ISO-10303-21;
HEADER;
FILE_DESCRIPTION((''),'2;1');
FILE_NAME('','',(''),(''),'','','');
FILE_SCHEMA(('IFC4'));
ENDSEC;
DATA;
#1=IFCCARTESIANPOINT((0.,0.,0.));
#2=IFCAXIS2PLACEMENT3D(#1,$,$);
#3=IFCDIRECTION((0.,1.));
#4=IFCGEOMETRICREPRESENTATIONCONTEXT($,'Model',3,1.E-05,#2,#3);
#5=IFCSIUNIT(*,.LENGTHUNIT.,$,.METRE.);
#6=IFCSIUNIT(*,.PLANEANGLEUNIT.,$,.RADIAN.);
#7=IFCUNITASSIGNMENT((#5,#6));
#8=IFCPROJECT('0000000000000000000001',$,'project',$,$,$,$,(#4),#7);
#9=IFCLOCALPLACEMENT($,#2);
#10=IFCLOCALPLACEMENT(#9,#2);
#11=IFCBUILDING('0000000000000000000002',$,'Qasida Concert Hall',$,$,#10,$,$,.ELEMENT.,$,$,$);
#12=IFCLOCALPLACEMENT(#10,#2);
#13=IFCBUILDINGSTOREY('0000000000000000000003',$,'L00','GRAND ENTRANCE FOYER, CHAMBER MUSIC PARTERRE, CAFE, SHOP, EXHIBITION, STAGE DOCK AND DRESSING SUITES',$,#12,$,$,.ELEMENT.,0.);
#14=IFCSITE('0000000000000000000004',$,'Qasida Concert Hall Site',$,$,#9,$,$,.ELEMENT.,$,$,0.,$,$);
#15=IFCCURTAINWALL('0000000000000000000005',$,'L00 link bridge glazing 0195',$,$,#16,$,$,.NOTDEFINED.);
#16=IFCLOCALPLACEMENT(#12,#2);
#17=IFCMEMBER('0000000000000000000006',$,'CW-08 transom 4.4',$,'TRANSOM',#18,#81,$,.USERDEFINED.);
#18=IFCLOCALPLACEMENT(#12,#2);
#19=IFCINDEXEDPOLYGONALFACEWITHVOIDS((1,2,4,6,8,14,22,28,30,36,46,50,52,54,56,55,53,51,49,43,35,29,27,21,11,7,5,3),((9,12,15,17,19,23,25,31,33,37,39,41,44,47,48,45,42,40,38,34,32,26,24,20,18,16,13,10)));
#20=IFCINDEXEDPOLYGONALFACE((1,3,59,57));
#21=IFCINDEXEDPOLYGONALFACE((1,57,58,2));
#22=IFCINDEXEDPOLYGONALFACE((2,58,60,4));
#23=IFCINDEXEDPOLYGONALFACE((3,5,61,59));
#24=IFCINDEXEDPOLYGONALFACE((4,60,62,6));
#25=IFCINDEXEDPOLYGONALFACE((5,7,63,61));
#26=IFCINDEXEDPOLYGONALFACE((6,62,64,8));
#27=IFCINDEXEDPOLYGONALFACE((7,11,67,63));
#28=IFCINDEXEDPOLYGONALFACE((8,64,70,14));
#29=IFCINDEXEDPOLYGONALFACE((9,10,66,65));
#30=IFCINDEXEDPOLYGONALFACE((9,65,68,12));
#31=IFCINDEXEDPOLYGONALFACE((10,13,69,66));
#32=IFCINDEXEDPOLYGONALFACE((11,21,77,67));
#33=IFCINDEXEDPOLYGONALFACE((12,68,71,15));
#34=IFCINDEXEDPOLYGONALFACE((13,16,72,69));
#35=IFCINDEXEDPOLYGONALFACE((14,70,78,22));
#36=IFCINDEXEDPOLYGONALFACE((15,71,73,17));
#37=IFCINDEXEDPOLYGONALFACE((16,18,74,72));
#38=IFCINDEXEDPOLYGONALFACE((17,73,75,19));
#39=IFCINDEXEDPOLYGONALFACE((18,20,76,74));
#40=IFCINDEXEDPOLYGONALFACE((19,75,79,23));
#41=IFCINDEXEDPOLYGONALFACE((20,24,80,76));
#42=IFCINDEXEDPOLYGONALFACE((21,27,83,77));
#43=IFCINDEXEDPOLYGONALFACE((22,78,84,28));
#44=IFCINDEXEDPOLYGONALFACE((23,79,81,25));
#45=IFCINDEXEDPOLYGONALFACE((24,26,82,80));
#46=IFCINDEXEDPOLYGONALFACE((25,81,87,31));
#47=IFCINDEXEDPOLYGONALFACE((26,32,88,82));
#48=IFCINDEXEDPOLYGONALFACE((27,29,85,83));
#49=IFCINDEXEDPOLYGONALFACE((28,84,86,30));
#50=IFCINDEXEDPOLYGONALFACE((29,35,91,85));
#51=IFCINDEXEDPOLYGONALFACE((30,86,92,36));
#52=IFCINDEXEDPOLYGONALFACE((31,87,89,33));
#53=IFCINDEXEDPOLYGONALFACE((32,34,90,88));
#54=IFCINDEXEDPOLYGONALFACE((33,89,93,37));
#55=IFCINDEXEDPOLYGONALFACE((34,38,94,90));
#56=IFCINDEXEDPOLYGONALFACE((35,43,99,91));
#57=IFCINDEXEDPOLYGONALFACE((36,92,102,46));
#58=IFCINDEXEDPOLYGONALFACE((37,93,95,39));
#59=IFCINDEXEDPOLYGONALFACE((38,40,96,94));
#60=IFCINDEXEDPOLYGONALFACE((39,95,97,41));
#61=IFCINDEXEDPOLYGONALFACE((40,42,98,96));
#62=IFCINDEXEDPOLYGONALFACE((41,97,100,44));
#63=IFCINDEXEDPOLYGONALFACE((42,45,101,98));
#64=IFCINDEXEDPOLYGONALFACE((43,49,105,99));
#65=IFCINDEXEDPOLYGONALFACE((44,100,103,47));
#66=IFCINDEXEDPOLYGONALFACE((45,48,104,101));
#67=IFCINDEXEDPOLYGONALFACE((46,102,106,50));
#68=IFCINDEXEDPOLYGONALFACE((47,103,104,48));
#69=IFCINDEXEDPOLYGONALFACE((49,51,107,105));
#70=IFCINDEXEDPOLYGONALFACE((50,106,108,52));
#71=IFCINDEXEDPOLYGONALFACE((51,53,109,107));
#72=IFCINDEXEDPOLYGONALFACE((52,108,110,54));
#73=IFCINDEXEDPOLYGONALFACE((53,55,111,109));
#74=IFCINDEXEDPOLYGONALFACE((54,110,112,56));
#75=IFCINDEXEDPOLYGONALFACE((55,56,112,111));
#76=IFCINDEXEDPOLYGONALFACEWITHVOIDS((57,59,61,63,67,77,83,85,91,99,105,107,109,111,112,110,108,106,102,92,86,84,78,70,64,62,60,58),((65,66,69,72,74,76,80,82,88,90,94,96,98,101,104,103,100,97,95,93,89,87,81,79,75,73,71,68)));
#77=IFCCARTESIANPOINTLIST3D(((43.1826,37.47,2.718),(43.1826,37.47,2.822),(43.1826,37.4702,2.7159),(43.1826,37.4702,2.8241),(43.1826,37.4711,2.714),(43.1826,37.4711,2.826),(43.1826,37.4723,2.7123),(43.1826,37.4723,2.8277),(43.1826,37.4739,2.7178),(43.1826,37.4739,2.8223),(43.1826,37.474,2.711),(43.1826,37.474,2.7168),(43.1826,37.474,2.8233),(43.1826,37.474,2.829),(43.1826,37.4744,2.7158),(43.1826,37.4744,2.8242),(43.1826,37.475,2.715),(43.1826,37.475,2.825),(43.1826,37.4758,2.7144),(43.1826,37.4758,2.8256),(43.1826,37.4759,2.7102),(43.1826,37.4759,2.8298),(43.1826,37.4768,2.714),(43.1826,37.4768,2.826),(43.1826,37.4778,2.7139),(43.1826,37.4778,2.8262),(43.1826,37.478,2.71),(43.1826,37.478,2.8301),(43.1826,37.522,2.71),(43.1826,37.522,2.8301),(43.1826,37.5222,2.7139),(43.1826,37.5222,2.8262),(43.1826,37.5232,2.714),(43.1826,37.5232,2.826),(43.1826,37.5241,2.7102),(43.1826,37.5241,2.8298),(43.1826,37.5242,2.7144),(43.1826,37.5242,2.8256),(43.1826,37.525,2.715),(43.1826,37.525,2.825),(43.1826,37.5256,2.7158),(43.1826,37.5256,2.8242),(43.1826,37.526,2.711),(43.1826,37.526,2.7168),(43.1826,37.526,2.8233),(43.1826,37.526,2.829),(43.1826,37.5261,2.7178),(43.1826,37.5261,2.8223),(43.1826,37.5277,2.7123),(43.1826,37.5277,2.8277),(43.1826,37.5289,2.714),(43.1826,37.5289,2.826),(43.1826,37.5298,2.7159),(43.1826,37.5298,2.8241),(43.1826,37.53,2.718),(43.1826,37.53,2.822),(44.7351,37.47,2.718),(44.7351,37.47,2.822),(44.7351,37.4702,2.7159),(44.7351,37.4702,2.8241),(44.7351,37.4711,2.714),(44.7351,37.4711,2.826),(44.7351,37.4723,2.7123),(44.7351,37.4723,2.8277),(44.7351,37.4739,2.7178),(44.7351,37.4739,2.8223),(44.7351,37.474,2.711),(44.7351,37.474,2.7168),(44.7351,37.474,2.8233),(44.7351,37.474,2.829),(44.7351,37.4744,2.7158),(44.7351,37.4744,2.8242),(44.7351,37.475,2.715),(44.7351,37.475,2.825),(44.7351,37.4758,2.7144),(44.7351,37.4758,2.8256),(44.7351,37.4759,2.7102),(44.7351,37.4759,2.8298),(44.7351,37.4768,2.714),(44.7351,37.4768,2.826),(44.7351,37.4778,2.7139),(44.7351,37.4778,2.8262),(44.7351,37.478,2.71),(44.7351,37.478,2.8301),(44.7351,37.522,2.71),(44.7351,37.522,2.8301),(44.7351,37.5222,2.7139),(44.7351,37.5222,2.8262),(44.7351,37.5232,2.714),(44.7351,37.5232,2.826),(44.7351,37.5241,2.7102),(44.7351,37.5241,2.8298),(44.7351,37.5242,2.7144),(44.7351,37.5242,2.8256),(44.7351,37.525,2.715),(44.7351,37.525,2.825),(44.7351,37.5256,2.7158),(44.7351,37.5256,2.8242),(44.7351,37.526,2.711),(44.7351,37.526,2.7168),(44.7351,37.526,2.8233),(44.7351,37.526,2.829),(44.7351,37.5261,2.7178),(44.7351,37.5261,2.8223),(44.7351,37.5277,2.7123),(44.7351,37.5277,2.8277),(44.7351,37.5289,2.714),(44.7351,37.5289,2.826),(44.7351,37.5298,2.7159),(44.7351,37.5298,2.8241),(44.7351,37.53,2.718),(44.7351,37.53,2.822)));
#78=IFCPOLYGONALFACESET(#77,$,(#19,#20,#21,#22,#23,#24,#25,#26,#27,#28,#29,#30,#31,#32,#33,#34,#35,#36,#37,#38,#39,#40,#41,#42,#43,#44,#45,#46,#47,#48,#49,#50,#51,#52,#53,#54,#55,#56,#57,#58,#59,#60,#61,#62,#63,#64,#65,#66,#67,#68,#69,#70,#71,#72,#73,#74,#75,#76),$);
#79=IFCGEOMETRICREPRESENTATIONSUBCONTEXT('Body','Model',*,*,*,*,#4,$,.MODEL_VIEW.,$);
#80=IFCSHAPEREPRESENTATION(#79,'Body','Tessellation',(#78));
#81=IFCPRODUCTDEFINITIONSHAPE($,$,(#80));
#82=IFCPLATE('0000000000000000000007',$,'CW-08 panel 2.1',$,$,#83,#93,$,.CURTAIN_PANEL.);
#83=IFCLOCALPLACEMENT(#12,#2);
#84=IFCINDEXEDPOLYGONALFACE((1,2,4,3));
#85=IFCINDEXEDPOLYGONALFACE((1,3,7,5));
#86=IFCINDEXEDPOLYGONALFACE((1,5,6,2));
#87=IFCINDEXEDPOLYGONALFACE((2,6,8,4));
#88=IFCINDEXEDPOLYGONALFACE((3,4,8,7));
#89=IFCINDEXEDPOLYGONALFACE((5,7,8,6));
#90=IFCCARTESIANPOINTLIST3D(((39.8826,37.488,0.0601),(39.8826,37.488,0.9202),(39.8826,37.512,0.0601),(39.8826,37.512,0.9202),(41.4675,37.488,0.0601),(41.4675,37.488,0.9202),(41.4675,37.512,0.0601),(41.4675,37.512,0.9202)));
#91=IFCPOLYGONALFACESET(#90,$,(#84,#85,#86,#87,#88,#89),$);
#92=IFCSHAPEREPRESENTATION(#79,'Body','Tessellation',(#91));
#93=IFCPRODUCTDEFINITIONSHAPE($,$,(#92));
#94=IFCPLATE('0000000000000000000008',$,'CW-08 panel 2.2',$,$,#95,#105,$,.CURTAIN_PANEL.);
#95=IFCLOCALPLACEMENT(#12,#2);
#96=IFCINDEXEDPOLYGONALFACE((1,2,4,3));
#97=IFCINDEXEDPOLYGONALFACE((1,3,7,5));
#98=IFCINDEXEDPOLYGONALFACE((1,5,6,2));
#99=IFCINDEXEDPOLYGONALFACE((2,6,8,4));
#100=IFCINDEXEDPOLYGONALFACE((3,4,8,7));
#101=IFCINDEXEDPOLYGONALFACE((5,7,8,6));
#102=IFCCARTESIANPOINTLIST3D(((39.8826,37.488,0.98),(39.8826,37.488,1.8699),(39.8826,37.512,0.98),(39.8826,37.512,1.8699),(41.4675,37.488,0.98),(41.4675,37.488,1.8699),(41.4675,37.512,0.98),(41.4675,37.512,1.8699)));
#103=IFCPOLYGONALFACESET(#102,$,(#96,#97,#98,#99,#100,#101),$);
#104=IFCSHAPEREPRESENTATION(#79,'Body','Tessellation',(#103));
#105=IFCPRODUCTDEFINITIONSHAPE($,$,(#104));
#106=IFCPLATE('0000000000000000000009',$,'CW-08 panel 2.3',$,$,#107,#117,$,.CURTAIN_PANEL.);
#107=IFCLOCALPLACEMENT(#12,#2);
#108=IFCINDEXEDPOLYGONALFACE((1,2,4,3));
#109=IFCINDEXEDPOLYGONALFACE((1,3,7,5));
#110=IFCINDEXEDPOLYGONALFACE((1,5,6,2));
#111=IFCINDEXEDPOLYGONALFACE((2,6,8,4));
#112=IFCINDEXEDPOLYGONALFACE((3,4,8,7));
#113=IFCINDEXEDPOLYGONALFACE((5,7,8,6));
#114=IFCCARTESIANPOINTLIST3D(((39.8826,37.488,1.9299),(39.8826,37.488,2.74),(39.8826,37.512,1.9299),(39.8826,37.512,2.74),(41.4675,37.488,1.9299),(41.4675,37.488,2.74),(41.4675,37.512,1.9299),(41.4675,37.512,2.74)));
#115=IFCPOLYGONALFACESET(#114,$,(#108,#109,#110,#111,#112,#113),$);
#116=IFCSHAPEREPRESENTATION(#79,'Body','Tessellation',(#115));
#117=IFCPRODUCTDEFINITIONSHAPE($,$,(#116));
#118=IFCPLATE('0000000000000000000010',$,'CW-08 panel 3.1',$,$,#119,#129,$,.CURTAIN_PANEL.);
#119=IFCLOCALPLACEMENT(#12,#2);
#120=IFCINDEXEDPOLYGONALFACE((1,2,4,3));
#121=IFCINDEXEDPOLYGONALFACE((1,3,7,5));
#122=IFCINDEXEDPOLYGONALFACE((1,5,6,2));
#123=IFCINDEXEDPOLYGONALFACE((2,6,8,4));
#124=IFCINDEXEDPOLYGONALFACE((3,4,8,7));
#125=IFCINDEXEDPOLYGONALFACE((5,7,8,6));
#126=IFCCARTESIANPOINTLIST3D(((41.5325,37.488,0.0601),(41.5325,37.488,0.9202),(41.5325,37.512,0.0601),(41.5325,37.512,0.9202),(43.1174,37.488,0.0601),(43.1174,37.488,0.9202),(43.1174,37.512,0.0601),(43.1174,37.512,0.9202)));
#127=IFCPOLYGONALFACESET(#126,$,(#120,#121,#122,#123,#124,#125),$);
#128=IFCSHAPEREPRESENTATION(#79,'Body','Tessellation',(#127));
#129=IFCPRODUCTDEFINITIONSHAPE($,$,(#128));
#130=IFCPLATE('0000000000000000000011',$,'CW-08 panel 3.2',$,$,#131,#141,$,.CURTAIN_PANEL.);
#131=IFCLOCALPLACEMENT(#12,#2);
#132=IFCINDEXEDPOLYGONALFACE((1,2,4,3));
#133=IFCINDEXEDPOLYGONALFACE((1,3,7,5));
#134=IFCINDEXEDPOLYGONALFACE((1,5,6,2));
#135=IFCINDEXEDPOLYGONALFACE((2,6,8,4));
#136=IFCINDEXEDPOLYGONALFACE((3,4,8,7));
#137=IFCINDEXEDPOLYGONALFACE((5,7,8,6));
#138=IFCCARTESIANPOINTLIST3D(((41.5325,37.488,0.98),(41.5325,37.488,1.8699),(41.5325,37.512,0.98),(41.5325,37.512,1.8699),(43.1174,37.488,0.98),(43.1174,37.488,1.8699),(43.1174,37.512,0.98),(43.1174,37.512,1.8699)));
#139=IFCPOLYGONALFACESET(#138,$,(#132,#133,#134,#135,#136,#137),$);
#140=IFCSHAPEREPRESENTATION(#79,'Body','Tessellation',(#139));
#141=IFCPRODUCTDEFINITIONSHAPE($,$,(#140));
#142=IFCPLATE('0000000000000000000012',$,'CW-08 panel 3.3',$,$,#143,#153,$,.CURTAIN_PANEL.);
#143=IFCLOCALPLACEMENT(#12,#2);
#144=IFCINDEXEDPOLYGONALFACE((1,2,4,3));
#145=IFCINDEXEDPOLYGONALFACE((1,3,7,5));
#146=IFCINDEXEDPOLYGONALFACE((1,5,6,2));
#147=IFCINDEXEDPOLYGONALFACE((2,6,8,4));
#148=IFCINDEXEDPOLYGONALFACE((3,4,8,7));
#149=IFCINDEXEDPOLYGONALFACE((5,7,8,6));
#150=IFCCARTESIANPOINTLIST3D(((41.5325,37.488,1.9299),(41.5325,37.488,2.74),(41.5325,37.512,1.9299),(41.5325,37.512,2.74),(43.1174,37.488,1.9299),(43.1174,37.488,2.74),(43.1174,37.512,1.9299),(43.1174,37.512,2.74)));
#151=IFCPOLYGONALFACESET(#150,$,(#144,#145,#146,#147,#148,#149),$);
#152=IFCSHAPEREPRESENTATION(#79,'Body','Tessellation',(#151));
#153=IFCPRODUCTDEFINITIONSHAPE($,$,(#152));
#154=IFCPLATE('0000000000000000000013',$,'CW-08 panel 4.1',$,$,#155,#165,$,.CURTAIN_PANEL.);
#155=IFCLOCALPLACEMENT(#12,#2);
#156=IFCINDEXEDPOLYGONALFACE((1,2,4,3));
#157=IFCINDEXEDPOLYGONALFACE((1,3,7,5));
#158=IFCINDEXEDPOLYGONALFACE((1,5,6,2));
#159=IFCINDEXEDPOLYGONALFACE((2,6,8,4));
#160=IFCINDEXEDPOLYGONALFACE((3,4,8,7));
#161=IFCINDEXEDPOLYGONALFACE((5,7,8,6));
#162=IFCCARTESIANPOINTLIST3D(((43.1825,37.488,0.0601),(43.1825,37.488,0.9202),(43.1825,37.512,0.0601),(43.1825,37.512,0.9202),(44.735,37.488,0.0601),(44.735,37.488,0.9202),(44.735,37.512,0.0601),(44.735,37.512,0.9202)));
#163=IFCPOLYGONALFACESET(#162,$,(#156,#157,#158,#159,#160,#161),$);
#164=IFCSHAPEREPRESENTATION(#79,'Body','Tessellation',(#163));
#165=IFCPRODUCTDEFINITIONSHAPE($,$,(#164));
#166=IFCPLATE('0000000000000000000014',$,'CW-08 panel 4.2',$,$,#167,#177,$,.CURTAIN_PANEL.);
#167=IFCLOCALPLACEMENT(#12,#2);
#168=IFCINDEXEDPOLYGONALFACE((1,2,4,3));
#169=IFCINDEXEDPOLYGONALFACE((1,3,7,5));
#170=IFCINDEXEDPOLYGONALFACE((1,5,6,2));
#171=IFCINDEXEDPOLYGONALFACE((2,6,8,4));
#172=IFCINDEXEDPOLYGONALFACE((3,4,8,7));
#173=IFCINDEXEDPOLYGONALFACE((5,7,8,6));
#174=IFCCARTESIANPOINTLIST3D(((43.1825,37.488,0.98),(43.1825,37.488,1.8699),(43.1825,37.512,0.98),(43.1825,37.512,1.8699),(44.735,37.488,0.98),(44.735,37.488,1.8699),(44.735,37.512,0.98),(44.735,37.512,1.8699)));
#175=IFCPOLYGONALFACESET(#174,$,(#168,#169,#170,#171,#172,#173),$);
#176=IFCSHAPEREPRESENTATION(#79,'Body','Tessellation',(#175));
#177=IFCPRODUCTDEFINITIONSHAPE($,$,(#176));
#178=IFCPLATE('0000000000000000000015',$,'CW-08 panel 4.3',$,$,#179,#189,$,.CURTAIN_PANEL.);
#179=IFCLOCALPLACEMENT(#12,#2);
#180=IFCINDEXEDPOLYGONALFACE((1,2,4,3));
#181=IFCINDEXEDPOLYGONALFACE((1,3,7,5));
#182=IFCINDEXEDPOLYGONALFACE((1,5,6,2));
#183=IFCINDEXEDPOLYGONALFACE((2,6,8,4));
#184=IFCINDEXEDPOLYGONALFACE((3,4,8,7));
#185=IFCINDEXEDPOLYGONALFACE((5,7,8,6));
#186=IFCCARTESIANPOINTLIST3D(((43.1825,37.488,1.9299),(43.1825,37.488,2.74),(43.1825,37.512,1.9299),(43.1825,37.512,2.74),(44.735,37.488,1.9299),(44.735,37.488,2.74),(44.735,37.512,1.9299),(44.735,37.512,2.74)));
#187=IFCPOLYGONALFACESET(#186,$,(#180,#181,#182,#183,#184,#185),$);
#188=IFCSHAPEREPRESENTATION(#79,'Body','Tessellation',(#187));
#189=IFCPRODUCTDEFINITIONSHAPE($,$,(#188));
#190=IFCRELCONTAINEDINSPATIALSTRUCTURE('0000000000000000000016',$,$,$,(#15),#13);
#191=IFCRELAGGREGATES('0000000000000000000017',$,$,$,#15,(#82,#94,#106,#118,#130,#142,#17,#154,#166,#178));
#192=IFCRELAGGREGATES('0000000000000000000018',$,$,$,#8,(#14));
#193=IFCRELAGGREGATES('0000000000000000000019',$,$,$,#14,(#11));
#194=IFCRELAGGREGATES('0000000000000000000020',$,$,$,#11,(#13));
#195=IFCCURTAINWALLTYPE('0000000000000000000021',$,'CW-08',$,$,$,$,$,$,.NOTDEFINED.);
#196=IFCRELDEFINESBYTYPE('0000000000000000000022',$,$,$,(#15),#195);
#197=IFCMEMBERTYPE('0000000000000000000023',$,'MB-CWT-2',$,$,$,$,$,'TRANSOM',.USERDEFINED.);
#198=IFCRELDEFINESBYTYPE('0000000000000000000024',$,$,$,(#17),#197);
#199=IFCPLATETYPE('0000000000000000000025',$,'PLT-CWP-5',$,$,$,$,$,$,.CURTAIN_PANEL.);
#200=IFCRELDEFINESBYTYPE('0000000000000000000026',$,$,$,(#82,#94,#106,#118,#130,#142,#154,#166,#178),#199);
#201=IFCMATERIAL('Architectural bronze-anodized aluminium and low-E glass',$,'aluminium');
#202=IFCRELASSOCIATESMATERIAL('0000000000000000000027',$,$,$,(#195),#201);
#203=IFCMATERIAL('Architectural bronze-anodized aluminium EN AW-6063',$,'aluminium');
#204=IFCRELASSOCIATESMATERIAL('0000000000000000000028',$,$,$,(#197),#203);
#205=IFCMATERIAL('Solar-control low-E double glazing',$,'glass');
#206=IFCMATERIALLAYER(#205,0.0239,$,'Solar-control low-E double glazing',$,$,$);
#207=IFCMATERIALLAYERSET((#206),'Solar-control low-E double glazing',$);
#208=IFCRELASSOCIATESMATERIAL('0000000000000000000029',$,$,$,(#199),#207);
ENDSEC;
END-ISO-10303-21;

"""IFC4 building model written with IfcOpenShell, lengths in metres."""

from ifc_helpers import new_model, si_unit, direction, frame, origin, origin_2d, place, context, subcontext, project, spatial, rectangle, hollow_rectangle, extrude, material, layer, layer_set, material_profile, profile_set, type_object, element, aggregate, save


model = new_model("IFC4")

# Units and contexts
model_context = context("Model", 3, precision=1e-05, world=origin(), true_north=direction((0.0, 1.0)))
body_context = subcontext(model_context, "Body", "Model", "MODEL_VIEW")
ifc_project = project(units=[si_unit("LENGTHUNIT", "METRE"), si_unit("PLANEANGLEUNIT", "RADIAN")], contexts=[model_context])

# Site, building, storey
site_placement = place(None, origin())
site = spatial("IfcSite", under=ifc_project, at=site_placement, Name="Qasida Concert Hall Site", CompositionType="ELEMENT", RefElevation=0.0)
building_placement = place(site_placement, origin())
building = spatial("IfcBuilding", under=site, at=building_placement, Name="Qasida Concert Hall", CompositionType="ELEMENT")
storey_placement = place(building_placement, origin())
storey = spatial("IfcBuildingStorey", under=building, at=storey_placement, Name="L00", Description="GRAND ENTRANCE FOYER, CHAMBER MUSIC PARTERRE, CAFE, SHOP, EXHIBITION, STAGE DOCK AND DRESSING SUITES", CompositionType="ELEMENT", Elevation=0.0)

# Curtain wall
ifc_material_1 = material(Name="Architectural bronze-anodized aluminium and low-E glass", Category="aluminium")
curtain_wall_type = type_object("IfcCurtainWallType", Name="CW-08", PredefinedType="NOTDEFINED", material=ifc_material_1)
curtain_wall_1_placement = place(storey_placement, origin())
curtain_wall_1 = element("IfcCurtainWall", 1, at=curtain_wall_1_placement, inside=storey, type_object=curtain_wall_type, Name="L00 link bridge glazing 0195", PredefinedType="NOTDEFINED")
ifc_material_2 = material(Name="Architectural bronze-anodized aluminium EN AW-6063", Category="aluminium")

# Member
ifc_material_profile_1 = material_profile(ifc_material_2, hollow_rectangle(XDim=0.0601, YDim=0.1201, WallThickness=0.0039, InnerFilletRadius=0.0039, OuterFilletRadius=0.0081, at=origin_2d()), Name="CWT 120x60x4")
ifc_profile_set_1 = profile_set([ifc_material_profile_1], Name="Architectural bronze-anodized aluminium EN AW-6063")
member_type_1 = type_object("IfcMemberType", Name="MB-CWT-2", ElementType="TRANSOM", PredefinedType="USERDEFINED", material=ifc_profile_set_1)
member_1_placement = place(storey_placement, frame((43.1826, 37.5, 2.77), z_axis=(1.0, 0.0, 0.0), x_axis=(0.0, 1.0, 0.0)))
member_1 = element("IfcMember", 2, at=member_1_placement, type_object=member_type_1, Name="CW-08 transom 4.4", ObjectType="TRANSOM", PredefinedType="USERDEFINED", context=body_context, shape_type="SweptSolid", body=[
    extrude(hollow_rectangle(XDim=0.0601, YDim=0.1201, WallThickness=0.0039, InnerFilletRadius=0.0039, OuterFilletRadius=0.0081, at=origin_2d()), origin(), (0.0, 0.0, 1.0), 1.5525),
])

# Plates
ifc_material_3 = material(Name="Solar-control low-E double glazing", Category="glass")
ifc_layer = layer(ifc_material_3, 0.0239, Name="Solar-control low-E double glazing")
ifc_layer_set = layer_set([ifc_layer], Name="Solar-control low-E double glazing")
plate_type = type_object("IfcPlateType", Name="PLT-CWP-5", PredefinedType="CURTAIN_PANEL", material=ifc_layer_set)
plate_1_placement = place(storey_placement, frame((40.675, 37.5, 0.0601), z_axis=(0.0, 0.0, 1.0), x_axis=(1.0, 0.0, 0.0)))
plate_1 = element("IfcPlate", 3, at=plate_1_placement, type_object=plate_type, Name="CW-08 panel 2.1", PredefinedType="CURTAIN_PANEL", context=body_context, shape_type="SweptSolid", body=[
    extrude(rectangle(XDim=1.585, YDim=0.0239, at=origin_2d()), origin(), (0.0, 0.0, 1.0), 0.8601),
])
plate_2_placement = place(storey_placement, frame((40.675, 37.5, 0.98), z_axis=(0.0, 0.0, 1.0), x_axis=(1.0, 0.0, 0.0)))
plate_2 = element("IfcPlate", 4, at=plate_2_placement, type_object=plate_type, Name="CW-08 panel 2.2", PredefinedType="CURTAIN_PANEL", context=body_context, shape_type="SweptSolid", body=[
    extrude(rectangle(XDim=1.585, YDim=0.0239, at=origin_2d()), origin(), (0.0, 0.0, 1.0), 0.8899),
])
plate_3_placement = place(storey_placement, frame((40.675, 37.5, 1.9299), z_axis=(0.0, 0.0, 1.0), x_axis=(1.0, 0.0, 0.0)))
plate_3 = element("IfcPlate", 5, at=plate_3_placement, type_object=plate_type, Name="CW-08 panel 2.3", PredefinedType="CURTAIN_PANEL", context=body_context, shape_type="SweptSolid", body=[
    extrude(rectangle(XDim=1.585, YDim=0.0239, at=origin_2d()), origin(), (0.0, 0.0, 1.0), 0.8101),
])
plate_4_placement = place(storey_placement, frame((42.325, 37.5, 0.0601), z_axis=(0.0, 0.0, 1.0), x_axis=(1.0, 0.0, 0.0)))
plate_4 = element("IfcPlate", 6, at=plate_4_placement, type_object=plate_type, Name="CW-08 panel 3.1", PredefinedType="CURTAIN_PANEL", context=body_context, shape_type="SweptSolid", body=[
    extrude(rectangle(XDim=1.585, YDim=0.0239, at=origin_2d()), origin(), (0.0, 0.0, 1.0), 0.8601),
])
plate_5_placement = place(storey_placement, frame((42.325, 37.5, 0.98), z_axis=(0.0, 0.0, 1.0), x_axis=(1.0, 0.0, 0.0)))
plate_5 = element("IfcPlate", 7, at=plate_5_placement, type_object=plate_type, Name="CW-08 panel 3.2", PredefinedType="CURTAIN_PANEL", context=body_context, shape_type="SweptSolid", body=[
    extrude(rectangle(XDim=1.585, YDim=0.0239, at=origin_2d()), origin(), (0.0, 0.0, 1.0), 0.8899),
])
plate_6_placement = place(storey_placement, frame((42.325, 37.5, 1.9299), z_axis=(0.0, 0.0, 1.0), x_axis=(1.0, 0.0, 0.0)))
plate_6 = element("IfcPlate", 8, at=plate_6_placement, type_object=plate_type, Name="CW-08 panel 3.3", PredefinedType="CURTAIN_PANEL", context=body_context, shape_type="SweptSolid", body=[
    extrude(rectangle(XDim=1.585, YDim=0.0239, at=origin_2d()), origin(), (0.0, 0.0, 1.0), 0.8101),
])
plate_7_placement = place(storey_placement, frame((43.9587, 37.5, 0.0601), z_axis=(0.0, 0.0, 1.0), x_axis=(1.0, 0.0, 0.0)))
plate_7 = element("IfcPlate", 9, at=plate_7_placement, type_object=plate_type, Name="CW-08 panel 4.1", PredefinedType="CURTAIN_PANEL", context=body_context, shape_type="SweptSolid", body=[
    extrude(rectangle(XDim=1.5525, YDim=0.0239, at=origin_2d()), origin(), (0.0, 0.0, 1.0), 0.8601),
])
plate_8_placement = place(storey_placement, frame((43.9587, 37.5, 0.98), z_axis=(0.0, 0.0, 1.0), x_axis=(1.0, 0.0, 0.0)))
plate_8 = element("IfcPlate", 10, at=plate_8_placement, type_object=plate_type, Name="CW-08 panel 4.2", PredefinedType="CURTAIN_PANEL", context=body_context, shape_type="SweptSolid", body=[
    extrude(rectangle(XDim=1.5525, YDim=0.0239, at=origin_2d()), origin(), (0.0, 0.0, 1.0), 0.8899),
])
plate_9_placement = place(storey_placement, frame((43.9587, 37.5, 1.9299), z_axis=(0.0, 0.0, 1.0), x_axis=(1.0, 0.0, 0.0)))
plate_9 = element("IfcPlate", 11, at=plate_9_placement, type_object=plate_type, Name="CW-08 panel 4.3", PredefinedType="CURTAIN_PANEL", context=body_context, shape_type="SweptSolid", body=[
    extrude(rectangle(XDim=1.5525, YDim=0.0239, at=origin_2d()), origin(), (0.0, 0.0, 1.0), 0.8101),
])
aggregate(curtain_wall_1, [plate_1, plate_2, plate_3, plate_4, plate_5, plate_6, member_1, plate_7, plate_8, plate_9])

save(model, "model.ifc")
